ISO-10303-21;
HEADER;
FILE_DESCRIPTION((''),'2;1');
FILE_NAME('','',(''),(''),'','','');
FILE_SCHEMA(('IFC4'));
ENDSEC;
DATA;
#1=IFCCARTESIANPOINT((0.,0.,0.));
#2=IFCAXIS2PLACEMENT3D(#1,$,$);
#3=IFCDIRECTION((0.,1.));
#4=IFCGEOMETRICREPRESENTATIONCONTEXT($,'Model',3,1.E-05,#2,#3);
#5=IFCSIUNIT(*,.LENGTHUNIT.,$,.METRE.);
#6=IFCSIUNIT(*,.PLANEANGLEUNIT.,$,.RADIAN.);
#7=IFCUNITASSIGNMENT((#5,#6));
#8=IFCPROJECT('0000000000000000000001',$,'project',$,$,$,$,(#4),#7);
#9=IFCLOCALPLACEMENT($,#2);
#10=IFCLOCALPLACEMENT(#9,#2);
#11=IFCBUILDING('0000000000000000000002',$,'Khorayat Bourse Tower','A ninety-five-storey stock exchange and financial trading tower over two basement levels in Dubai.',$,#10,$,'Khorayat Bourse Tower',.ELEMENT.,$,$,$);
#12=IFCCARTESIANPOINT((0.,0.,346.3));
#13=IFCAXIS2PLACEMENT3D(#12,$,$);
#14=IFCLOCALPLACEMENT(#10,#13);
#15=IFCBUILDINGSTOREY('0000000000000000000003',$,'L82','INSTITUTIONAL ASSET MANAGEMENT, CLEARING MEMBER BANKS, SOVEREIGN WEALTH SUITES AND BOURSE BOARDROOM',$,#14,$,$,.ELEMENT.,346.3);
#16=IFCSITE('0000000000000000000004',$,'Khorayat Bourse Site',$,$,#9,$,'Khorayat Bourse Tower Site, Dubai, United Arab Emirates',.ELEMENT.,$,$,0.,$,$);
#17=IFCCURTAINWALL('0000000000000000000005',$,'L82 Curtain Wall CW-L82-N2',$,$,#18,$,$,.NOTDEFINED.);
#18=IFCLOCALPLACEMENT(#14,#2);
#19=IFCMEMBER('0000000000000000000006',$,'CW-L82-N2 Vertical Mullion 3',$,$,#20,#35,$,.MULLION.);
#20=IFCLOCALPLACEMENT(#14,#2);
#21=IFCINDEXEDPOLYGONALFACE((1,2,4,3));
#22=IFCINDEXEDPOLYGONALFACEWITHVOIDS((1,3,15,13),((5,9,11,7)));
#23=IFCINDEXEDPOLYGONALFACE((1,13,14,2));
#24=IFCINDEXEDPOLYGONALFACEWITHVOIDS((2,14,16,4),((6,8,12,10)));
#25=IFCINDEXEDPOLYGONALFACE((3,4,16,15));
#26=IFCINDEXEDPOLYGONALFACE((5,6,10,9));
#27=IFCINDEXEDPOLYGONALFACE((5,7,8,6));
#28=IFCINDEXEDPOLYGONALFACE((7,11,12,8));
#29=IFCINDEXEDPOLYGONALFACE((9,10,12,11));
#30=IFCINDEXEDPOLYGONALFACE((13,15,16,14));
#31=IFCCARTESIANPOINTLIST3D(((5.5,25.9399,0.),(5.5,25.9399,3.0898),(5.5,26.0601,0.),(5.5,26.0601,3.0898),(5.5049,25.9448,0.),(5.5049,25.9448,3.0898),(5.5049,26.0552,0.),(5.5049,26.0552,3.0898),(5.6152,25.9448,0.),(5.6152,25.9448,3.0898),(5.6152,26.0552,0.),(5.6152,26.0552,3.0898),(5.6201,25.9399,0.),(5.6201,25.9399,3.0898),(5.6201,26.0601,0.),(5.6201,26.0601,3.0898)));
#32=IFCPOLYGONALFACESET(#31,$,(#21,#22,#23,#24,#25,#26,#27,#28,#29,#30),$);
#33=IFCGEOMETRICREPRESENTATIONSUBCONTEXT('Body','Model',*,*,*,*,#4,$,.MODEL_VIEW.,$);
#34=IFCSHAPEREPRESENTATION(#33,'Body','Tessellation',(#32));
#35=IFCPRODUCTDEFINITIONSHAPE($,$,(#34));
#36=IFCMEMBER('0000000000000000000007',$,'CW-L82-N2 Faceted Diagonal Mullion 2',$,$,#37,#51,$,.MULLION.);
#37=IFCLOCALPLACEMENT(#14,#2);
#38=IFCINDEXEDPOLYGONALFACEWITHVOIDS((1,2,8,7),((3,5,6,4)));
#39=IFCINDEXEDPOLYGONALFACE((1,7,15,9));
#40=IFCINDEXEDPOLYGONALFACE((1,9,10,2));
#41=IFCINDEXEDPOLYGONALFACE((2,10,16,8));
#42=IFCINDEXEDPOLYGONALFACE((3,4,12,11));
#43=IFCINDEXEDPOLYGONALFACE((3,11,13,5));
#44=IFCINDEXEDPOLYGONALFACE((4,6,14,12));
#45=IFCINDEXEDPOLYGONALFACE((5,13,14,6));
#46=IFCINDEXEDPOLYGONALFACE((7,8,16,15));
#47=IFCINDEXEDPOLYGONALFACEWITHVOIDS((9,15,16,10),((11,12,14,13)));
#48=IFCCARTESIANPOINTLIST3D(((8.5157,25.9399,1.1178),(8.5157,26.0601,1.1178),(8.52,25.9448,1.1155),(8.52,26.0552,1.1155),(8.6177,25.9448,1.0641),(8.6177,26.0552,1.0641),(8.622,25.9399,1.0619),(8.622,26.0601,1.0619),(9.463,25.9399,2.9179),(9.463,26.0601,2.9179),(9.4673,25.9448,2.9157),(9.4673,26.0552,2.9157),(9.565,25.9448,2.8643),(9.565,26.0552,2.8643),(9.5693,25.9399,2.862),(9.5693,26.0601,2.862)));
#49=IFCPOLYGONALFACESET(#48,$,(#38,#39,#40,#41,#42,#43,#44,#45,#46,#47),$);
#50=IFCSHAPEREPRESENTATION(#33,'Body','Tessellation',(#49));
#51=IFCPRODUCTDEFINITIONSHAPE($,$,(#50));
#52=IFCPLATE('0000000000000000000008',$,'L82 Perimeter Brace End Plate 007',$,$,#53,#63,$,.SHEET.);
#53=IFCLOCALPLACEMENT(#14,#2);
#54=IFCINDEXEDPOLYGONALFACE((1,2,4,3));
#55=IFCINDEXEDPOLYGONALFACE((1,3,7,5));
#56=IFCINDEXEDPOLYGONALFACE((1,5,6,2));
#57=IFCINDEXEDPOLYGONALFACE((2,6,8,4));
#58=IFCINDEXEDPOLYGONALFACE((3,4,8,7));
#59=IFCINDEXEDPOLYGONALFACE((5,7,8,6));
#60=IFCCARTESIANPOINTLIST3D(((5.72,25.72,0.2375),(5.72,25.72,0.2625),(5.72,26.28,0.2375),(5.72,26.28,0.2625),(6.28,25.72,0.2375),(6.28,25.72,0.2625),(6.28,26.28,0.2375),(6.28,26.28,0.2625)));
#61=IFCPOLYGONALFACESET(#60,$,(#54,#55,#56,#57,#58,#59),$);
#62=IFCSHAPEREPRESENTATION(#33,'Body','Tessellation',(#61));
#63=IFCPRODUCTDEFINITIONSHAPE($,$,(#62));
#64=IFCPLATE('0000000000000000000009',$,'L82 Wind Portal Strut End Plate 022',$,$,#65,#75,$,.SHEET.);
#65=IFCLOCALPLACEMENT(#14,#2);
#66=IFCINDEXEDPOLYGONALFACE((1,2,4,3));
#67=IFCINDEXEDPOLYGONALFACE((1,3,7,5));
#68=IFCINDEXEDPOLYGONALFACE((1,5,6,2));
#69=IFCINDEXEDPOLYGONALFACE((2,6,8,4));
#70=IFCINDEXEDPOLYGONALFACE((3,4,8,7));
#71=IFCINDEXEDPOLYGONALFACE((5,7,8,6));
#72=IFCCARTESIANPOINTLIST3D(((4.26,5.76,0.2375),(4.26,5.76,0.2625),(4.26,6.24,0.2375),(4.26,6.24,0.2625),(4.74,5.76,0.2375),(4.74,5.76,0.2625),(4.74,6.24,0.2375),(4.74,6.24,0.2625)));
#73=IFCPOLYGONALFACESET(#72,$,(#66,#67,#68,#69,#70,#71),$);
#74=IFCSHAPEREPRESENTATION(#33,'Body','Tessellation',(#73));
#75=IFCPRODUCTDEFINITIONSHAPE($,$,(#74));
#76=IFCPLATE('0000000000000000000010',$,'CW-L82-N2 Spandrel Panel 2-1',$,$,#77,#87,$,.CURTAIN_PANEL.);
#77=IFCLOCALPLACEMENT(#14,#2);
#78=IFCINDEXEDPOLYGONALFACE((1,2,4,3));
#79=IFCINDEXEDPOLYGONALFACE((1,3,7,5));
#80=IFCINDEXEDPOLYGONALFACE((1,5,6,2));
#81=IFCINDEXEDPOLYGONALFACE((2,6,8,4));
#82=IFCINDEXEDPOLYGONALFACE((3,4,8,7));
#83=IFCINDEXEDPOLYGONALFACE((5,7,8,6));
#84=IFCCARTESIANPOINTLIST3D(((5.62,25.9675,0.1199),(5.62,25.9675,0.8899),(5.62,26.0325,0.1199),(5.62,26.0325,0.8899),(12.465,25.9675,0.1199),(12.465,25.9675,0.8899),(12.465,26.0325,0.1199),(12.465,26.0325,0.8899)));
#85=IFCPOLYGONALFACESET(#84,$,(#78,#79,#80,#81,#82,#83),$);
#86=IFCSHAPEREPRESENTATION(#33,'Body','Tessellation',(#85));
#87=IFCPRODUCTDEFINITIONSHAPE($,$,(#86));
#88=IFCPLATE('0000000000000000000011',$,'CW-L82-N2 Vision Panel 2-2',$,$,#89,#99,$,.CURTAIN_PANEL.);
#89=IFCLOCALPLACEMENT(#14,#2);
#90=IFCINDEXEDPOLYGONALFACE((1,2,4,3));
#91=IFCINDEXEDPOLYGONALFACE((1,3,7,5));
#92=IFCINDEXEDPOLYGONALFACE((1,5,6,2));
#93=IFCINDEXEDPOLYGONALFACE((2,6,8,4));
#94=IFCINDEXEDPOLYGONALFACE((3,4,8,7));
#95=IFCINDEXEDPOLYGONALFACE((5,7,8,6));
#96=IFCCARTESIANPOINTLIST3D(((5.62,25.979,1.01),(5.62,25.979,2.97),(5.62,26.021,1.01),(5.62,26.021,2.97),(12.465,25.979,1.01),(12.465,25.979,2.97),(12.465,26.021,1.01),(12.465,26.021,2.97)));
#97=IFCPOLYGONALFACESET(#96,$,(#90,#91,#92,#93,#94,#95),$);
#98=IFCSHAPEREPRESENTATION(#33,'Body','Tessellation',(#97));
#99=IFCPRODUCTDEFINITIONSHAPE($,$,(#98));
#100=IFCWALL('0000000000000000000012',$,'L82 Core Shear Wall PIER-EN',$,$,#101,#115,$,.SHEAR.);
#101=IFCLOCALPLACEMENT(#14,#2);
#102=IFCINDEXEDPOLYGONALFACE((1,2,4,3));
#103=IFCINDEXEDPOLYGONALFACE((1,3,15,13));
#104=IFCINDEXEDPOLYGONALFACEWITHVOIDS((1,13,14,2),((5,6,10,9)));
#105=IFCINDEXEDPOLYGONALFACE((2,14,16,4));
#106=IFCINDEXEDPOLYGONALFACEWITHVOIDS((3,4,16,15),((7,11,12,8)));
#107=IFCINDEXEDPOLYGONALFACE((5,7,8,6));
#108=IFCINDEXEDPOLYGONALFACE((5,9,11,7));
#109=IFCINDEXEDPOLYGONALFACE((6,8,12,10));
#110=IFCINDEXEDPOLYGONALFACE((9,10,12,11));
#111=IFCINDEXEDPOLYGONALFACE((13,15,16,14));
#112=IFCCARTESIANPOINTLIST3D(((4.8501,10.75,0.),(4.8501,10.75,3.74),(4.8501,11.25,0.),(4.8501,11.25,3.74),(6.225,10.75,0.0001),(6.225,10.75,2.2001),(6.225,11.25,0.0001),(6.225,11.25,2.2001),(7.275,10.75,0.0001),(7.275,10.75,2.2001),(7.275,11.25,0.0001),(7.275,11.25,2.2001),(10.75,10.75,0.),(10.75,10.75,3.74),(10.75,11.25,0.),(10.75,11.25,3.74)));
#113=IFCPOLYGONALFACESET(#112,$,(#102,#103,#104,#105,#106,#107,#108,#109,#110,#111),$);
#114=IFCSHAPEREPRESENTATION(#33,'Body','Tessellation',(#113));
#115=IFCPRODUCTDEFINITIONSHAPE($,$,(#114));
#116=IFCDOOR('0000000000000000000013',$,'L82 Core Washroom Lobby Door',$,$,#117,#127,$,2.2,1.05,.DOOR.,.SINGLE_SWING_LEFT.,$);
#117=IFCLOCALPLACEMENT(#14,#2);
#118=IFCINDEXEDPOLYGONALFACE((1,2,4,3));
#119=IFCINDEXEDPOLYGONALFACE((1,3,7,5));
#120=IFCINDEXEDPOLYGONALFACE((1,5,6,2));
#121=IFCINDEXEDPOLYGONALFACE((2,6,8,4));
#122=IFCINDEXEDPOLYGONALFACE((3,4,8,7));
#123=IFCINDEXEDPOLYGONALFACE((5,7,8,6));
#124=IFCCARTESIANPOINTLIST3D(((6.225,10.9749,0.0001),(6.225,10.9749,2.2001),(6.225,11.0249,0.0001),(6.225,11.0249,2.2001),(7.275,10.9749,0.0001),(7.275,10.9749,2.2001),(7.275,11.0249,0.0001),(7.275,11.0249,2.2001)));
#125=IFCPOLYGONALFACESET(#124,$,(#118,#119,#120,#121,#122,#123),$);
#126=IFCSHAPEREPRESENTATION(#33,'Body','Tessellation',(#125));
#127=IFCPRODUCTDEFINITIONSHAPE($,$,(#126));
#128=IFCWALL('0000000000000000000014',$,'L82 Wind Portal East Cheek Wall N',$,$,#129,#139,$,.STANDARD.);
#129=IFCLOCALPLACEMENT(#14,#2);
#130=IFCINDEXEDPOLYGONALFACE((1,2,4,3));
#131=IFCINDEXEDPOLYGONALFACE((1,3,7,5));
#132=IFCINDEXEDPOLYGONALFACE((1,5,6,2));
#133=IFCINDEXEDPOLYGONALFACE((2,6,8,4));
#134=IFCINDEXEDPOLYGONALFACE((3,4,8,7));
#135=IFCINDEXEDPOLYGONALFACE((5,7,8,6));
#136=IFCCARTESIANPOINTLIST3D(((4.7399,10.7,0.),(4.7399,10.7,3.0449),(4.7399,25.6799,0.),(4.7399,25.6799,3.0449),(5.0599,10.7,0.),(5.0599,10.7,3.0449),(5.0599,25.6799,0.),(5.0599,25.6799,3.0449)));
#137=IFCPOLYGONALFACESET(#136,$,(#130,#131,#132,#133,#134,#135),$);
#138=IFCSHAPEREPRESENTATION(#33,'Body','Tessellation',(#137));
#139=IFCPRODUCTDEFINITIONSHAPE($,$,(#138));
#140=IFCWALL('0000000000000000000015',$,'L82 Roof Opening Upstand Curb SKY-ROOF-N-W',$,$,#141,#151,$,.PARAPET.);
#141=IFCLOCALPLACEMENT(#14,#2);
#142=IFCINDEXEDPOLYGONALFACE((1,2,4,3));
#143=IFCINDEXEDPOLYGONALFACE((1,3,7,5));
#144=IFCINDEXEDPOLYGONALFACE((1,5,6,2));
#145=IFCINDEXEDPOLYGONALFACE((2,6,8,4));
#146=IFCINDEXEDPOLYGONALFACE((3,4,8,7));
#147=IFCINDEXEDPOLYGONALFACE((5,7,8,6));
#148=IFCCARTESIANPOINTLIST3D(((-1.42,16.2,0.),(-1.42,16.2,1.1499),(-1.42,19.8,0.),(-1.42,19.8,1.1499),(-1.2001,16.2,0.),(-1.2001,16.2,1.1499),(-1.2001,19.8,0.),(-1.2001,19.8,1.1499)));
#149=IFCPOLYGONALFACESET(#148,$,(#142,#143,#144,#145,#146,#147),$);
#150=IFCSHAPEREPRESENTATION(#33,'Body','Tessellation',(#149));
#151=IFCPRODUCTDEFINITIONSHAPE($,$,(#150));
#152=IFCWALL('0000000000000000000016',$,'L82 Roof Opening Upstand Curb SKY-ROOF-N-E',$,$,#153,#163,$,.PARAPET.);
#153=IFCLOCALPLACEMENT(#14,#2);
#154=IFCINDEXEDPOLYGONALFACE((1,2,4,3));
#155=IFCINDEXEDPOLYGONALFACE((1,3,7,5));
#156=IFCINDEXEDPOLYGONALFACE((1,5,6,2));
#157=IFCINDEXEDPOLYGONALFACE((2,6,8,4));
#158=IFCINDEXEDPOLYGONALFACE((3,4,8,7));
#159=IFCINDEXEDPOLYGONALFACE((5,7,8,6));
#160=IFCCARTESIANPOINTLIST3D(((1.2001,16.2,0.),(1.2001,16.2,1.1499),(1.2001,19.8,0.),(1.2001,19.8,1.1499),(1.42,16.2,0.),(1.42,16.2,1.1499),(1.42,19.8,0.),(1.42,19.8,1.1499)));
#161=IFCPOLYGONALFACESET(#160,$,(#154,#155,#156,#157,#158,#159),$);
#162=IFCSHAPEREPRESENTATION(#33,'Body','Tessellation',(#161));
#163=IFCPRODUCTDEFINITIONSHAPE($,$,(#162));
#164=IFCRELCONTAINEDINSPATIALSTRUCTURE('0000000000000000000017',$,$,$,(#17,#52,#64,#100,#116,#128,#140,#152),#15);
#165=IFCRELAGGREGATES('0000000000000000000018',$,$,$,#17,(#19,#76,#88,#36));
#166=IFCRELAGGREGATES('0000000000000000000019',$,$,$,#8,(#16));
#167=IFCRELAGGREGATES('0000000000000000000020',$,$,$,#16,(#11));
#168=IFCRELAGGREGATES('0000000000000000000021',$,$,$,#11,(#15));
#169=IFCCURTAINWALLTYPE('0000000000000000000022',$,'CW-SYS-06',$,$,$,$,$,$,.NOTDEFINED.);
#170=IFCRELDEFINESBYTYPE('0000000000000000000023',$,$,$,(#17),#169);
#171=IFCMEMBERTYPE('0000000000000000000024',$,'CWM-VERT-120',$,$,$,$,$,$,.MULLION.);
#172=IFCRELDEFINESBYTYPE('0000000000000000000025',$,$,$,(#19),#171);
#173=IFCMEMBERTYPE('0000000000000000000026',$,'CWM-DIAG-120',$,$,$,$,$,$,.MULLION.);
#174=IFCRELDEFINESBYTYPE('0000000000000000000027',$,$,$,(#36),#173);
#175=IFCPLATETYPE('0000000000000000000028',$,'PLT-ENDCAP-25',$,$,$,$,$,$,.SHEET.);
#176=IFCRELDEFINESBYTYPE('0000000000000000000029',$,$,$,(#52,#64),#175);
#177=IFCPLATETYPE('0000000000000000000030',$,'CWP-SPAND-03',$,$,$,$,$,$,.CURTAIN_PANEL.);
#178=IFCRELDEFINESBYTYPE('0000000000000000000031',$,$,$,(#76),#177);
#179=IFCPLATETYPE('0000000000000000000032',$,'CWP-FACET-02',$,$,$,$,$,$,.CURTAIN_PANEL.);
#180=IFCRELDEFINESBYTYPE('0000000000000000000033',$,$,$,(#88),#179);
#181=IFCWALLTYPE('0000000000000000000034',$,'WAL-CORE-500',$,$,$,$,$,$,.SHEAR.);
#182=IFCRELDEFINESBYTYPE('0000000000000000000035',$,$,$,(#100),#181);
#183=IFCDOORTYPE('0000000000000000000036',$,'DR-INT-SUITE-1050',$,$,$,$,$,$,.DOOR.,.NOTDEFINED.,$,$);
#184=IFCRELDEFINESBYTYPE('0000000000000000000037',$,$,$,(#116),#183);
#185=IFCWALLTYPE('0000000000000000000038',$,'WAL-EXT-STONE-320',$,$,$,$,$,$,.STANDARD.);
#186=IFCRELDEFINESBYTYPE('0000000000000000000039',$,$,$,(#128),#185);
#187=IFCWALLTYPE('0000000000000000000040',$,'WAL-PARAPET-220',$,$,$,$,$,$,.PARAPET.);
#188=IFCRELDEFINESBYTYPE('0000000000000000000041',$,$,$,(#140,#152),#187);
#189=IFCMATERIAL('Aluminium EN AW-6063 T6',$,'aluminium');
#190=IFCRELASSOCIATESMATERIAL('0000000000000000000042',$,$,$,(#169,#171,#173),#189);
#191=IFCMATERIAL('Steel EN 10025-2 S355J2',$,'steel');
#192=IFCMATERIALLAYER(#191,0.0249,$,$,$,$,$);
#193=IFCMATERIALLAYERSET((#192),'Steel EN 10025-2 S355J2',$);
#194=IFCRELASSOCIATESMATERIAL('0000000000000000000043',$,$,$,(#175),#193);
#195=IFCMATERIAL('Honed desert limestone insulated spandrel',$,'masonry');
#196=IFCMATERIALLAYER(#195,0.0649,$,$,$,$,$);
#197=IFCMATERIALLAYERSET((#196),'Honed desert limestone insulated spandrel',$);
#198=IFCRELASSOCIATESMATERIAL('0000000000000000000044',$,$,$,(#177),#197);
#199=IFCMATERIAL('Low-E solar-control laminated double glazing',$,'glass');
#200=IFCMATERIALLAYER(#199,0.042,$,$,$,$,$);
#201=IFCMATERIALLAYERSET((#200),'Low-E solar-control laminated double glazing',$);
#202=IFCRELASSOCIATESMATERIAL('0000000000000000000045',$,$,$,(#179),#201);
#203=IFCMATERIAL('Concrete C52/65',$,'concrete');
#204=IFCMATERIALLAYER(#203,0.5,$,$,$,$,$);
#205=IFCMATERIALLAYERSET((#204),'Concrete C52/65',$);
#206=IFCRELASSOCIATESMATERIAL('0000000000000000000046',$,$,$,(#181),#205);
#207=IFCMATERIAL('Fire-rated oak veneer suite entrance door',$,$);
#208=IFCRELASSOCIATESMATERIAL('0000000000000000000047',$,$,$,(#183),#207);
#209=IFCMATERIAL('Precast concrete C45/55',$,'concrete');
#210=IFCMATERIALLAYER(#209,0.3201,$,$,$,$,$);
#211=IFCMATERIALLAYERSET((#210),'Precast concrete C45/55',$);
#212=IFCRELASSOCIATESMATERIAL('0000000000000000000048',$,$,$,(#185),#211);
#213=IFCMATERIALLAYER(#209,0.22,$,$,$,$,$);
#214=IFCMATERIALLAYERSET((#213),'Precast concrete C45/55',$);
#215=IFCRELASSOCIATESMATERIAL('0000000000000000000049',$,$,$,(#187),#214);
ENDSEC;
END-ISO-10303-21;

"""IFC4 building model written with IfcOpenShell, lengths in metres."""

from ifc_helpers import new_model, si_unit, direction, frame, frame_2d, origin, origin_2d, place, context, subcontext, project, spatial, rectangle, hollow_rectangle, extrude, source, transform, mapped, material, layer, layer_set, material_profile, profile_set, type_object, element, fill, aggregate, save


model = new_model("IFC4")

# Units and contexts
model_context = context("Model", 3, precision=1e-05, world=origin(), true_north=direction((0.0, 1.0)))
body_context = subcontext(model_context, "Body", "Model", "MODEL_VIEW")
ifc_project = project(units=[si_unit("LENGTHUNIT", "METRE"), si_unit("PLANEANGLEUNIT", "RADIAN")], contexts=[model_context])

# Site, building, storey
site_placement = place(None, origin())
site = spatial("IfcSite", under=ifc_project, at=site_placement, Name="Khorayat Bourse Site", LongName="Khorayat Bourse Tower Site, Dubai, United Arab Emirates", CompositionType="ELEMENT", RefElevation=0.0)
building_placement = place(site_placement, origin())
building = spatial("IfcBuilding", under=site, at=building_placement, Name="Khorayat Bourse Tower", Description="A ninety-five-storey stock exchange and financial trading tower over two basement levels in Dubai.", LongName="Khorayat Bourse Tower", CompositionType="ELEMENT")
storey_placement = place(building_placement, frame((0.0, 0.0, 346.3)))
storey = spatial("IfcBuildingStorey", under=building, at=storey_placement, Name="L82", Description="INSTITUTIONAL ASSET MANAGEMENT, CLEARING MEMBER BANKS, SOVEREIGN WEALTH SUITES AND BOURSE BOARDROOM", CompositionType="ELEMENT", Elevation=346.3)

# Shared definitions
ifc_material_1 = material(Name="Concrete C52/65", Category="concrete")
ifc_material_2 = material(Name="Steel EN 10025-2 S355J2", Category="steel")

# Curtain wall, members
ifc_material_3 = material(Name="Aluminium EN AW-6063 T6", Category="aluminium")
curtain_wall_type = type_object("IfcCurtainWallType", Name="CW-SYS-06", PredefinedType="NOTDEFINED", material=ifc_material_3)
curtain_wall_placement = place(storey_placement, origin())
curtain_wall = element("IfcCurtainWall", 1, at=curtain_wall_placement, inside=storey, type_object=curtain_wall_type, Name="L82 Curtain Wall CW-L82-N2", PredefinedType="NOTDEFINED")
ifc_material_profile_1 = material_profile(ifc_material_3, hollow_rectangle(XDim=0.1201, YDim=0.1201, WallThickness=0.0049, at=origin_2d()), Name="ALU 120x120x5")
ifc_profile_set_1 = profile_set([ifc_material_profile_1], Name="Aluminium EN AW-6063 T6")
member_type_1 = type_object("IfcMemberType", Name="CWM-VERT-120", PredefinedType="MULLION", material=ifc_profile_set_1)
shared_shape_1 = source(origin(), body_context, "Body", "SweptSolid", [
    extrude(hollow_rectangle(XDim=0.1201, YDim=0.1201, WallThickness=0.0049, at=origin_2d()), origin(), (0.0, 0.0, 1.0), 3.0898),
])
member_1_placement = place(storey_placement, frame((5.5601, 26.0, 0.0), z_axis=(0.0, 0.0, 1.0), x_axis=(0.0, -1.0, 0.0)))
member_1 = element("IfcMember", 2, at=member_1_placement, type_object=member_type_1, Name="CW-L82-N2 Vertical Mullion 3", PredefinedType="MULLION", context=body_context, shape_type="MappedRepresentation", body=[
    mapped(shared_shape_1, transform((0.0, 0.0, 0.0), scale=1.0)),
])
ifc_material_profile_2 = material_profile(ifc_material_3, hollow_rectangle(XDim=0.1201, YDim=0.1201, WallThickness=0.0049, at=origin_2d()), Name="ALU 120x120x5")
ifc_profile_set_2 = profile_set([ifc_material_profile_2], Name="Aluminium EN AW-6063 T6")
member_type_2 = type_object("IfcMemberType", Name="CWM-DIAG-120", PredefinedType="MULLION", material=ifc_profile_set_2)
shared_shape_2 = source(origin(), body_context, "Body", "SweptSolid", [
    extrude(hollow_rectangle(XDim=0.1201, YDim=0.1201, WallThickness=0.0049, at=origin_2d()), origin(), (0.0, 0.0, 1.0), 2.0342),
])
member_2_placement = place(storey_placement, frame((8.5688, 26.0, 1.0898), z_axis=(0.465697, 0.0, 0.884944), x_axis=(0.0, 1.0, 0.0)))
member_2 = element("IfcMember", 3, at=member_2_placement, type_object=member_type_2, Name="CW-L82-N2 Faceted Diagonal Mullion 2", PredefinedType="MULLION", context=body_context, shape_type="MappedRepresentation", body=[
    mapped(shared_shape_2, transform((0.0, 0.0, 0.0), scale=1.0)),
])

# Plates
ifc_layer_1 = layer(ifc_material_2, 0.0249)
ifc_layer_set_1 = layer_set([ifc_layer_1], Name="Steel EN 10025-2 S355J2")
plate_type_1 = type_object("IfcPlateType", Name="PLT-ENDCAP-25", PredefinedType="SHEET", material=ifc_layer_set_1)
shared_shape_3 = source(origin(), body_context, "Body", "SweptSolid", [
    extrude(rectangle(XDim=0.5601, YDim=0.5601, at=origin_2d()), origin(), (0.0, 0.0, 1.0), 0.0249),
])
plate_1_placement = place(storey_placement, frame((6.0, 26.0, 0.2375), z_axis=(0.0, 0.0, 1.0), x_axis=(1.0, 0.0, 0.0)))
element("IfcPlate", 4, at=plate_1_placement, inside=storey, type_object=plate_type_1, Name="L82 Perimeter Brace End Plate 007", PredefinedType="SHEET", context=body_context, shape_type="MappedRepresentation", body=[
    mapped(shared_shape_3, transform((0.0, 0.0, 0.0), scale=1.0)),
])
shared_shape_4 = source(origin(), body_context, "Body", "SweptSolid", [
    extrude(rectangle(XDim=0.48, YDim=0.48, at=origin_2d()), origin(), (0.0, 0.0, 1.0), 0.0249),
])
plate_2_placement = place(storey_placement, frame((4.5, 6.0, 0.2375), z_axis=(0.0, 0.0, 1.0), x_axis=(1.0, 0.0, 0.0)))
element("IfcPlate", 5, at=plate_2_placement, inside=storey, type_object=plate_type_1, Name="L82 Wind Portal Strut End Plate 022", PredefinedType="SHEET", context=body_context, shape_type="MappedRepresentation", body=[
    mapped(shared_shape_4, transform((0.0, 0.0, 0.0), scale=1.0)),
])

# Plates
ifc_material_4 = material(Name="Honed desert limestone insulated spandrel", Category="masonry")
ifc_layer_2 = layer(ifc_material_4, 0.0649)
ifc_layer_set_2 = layer_set([ifc_layer_2], Name="Honed desert limestone insulated spandrel")
plate_type_2 = type_object("IfcPlateType", Name="CWP-SPAND-03", PredefinedType="CURTAIN_PANEL", material=ifc_layer_set_2)
shared_shape_5 = source(origin(), body_context, "Body", "SweptSolid", [
    extrude(rectangle(XDim=6.845, YDim=0.0649, at=origin_2d()), origin(), (0.0, 0.0, 1.0), 0.77),
])
plate_3_placement = place(storey_placement, frame((9.0425, 26.0, 0.1199), z_axis=(0.0, 0.0, 1.0), x_axis=(-1.0, 0.0, 0.0)))
plate_3 = element("IfcPlate", 6, at=plate_3_placement, type_object=plate_type_2, Name="CW-L82-N2 Spandrel Panel 2-1", PredefinedType="CURTAIN_PANEL", context=body_context, shape_type="MappedRepresentation", body=[
    mapped(shared_shape_5, transform((0.0, 0.0, 0.0), scale=1.0)),
])
ifc_material_5 = material(Name="Low-E solar-control laminated double glazing", Category="glass")
ifc_layer_3 = layer(ifc_material_5, 0.042)
ifc_layer_set_3 = layer_set([ifc_layer_3], Name="Low-E solar-control laminated double glazing")
plate_type_3 = type_object("IfcPlateType", Name="CWP-FACET-02", PredefinedType="CURTAIN_PANEL", material=ifc_layer_set_3)
shared_shape_6 = source(origin(), body_context, "Body", "SweptSolid", [
    extrude(rectangle(XDim=6.845, YDim=0.042, at=origin_2d()), origin(), (0.0, 0.0, 1.0), 1.96),
])
plate_4_placement = place(storey_placement, frame((9.0425, 26.0, 1.01), z_axis=(0.0, 0.0, 1.0), x_axis=(-1.0, 0.0, 0.0)))
plate_4 = element("IfcPlate", 7, at=plate_4_placement, type_object=plate_type_3, Name="CW-L82-N2 Vision Panel 2-2", PredefinedType="CURTAIN_PANEL", context=body_context, shape_type="MappedRepresentation", body=[
    mapped(shared_shape_6, transform((0.0, 0.0, 0.0), scale=1.0)),
])
aggregate(curtain_wall, [member_1, plate_3, plate_4, member_2])

# Wall, opening, door
ifc_layer_4 = layer(ifc_material_1, 0.5)
ifc_layer_set_4 = layer_set([ifc_layer_4], Name="Concrete C52/65")
wall_type_1 = type_object("IfcWallType", Name="WAL-CORE-500", PredefinedType="SHEAR", material=ifc_layer_set_4)
shared_shape_7 = source(origin(), body_context, "Body", "SweptSolid", [
    extrude(rectangle(XDim=5.8999, YDim=0.5, at=frame_2d((2.95, 0.0))), origin(), (0.0, 0.0, 1.0), 3.74),
])
wall_1_placement = place(storey_placement, frame((4.8501, 11.0, 0.0), z_axis=(0.0, 0.0, 1.0), x_axis=(1.0, 0.0, 0.0)))
wall_1 = element("IfcWall", 8, at=wall_1_placement, inside=storey, type_object=wall_type_1, Name="L82 Core Shear Wall PIER-EN", PredefinedType="SHEAR", context=body_context, shape_type="MappedRepresentation", body=[
    mapped(shared_shape_7, transform((0.0, 0.0, 0.0), scale=1.0)),
])
shared_shape_8 = source(origin(), body_context, "Body", "SweptSolid", [
    extrude(rectangle(XDim=1.05, YDim=2.2, at=frame_2d((0.5249, 1.1001))), frame((0.0, 0.26, 0.0), z_axis=(0.0, -1.0, 0.0), x_axis=(1.0, 0.0, 0.0)), (0.0, 0.0, 1.0), 0.52),
])
opening_1_placement = place(wall_1_placement, frame((1.375, 0.0, 0.0)))
opening_1 = element("IfcOpeningElement", 9, at=opening_1_placement, cuts=wall_1, PredefinedType="OPENING", context=body_context, shape_type="MappedRepresentation", body=[
    mapped(shared_shape_8, transform((0.0, 0.0, 0.0), scale=1.0)),
])
ifc_material_6 = material(Name="Fire-rated oak veneer suite entrance door")
door_type_1 = type_object("IfcDoorType", Name="DR-INT-SUITE-1050", OperationType="NOTDEFINED", PredefinedType="DOOR", material=ifc_material_6)
shared_shape_9 = source(origin(), body_context, "Body", "SweptSolid", [
    extrude(rectangle(XDim=1.05, YDim=2.2, at=frame_2d((0.5249, 1.1001))), frame((0.0, 0.0249, 0.0), z_axis=(0.0, -1.0, 0.0), x_axis=(1.0, 0.0, 0.0)), (0.0, 0.0, 1.0), 0.05),
])
door_1_placement = place(opening_1_placement, origin())
door_1 = element("IfcDoor", 10, at=door_1_placement, inside=storey, type_object=door_type_1, Name="L82 Core Washroom Lobby Door", OperationType="SINGLE_SWING_LEFT", OverallHeight=2.2, OverallWidth=1.05, PredefinedType="DOOR", context=body_context, shape_type="MappedRepresentation", body=[
    mapped(shared_shape_9, transform((0.0, 0.0, 0.0), scale=1.0)),
])
fill(opening_1, door_1)

# Walls
ifc_material_7 = material(Name="Precast concrete C45/55", Category="concrete")
ifc_layer_5 = layer(ifc_material_7, 0.3201)
ifc_layer_set_5 = layer_set([ifc_layer_5], Name="Precast concrete C45/55")
wall_type_2 = type_object("IfcWallType", Name="WAL-EXT-STONE-320", PredefinedType="STANDARD", material=ifc_layer_set_5)
shared_shape_10 = source(origin(), body_context, "Body", "SweptSolid", [
    extrude(rectangle(XDim=14.98, YDim=0.3201, at=frame_2d((7.49, 0.0))), origin(), (0.0, 0.0, 1.0), 3.0449),
])
wall_2_placement = place(storey_placement, frame((4.8999, 10.7, 0.0), z_axis=(0.0, 0.0, 1.0), x_axis=(0.0, 1.0, 0.0)))
element("IfcWall", 11, at=wall_2_placement, inside=storey, type_object=wall_type_2, Name="L82 Wind Portal East Cheek Wall N", PredefinedType="STANDARD", context=body_context, shape_type="MappedRepresentation", body=[
    mapped(shared_shape_10, transform((0.0, 0.0, 0.0), scale=1.0)),
])
ifc_layer_6 = layer(ifc_material_7, 0.22)
ifc_layer_set_6 = layer_set([ifc_layer_6], Name="Precast concrete C45/55")
wall_type_3 = type_object("IfcWallType", Name="WAL-PARAPET-220", PredefinedType="PARAPET", material=ifc_layer_set_6)
shared_shape_11 = source(origin(), body_context, "Body", "SweptSolid", [
    extrude(rectangle(XDim=3.6001, YDim=0.22, at=frame_2d((1.8, 0.0))), origin(), (0.0, 0.0, 1.0), 1.1499),
])
for number, where, z_axis, x_axis, name in (
    (12, (-1.3101, 16.2, 0.0), (0.0, 0.0, 1.0), (0.0, 1.0, 0.0), "L82 Roof Opening Upstand Curb SKY-ROOF-N-W"),
    (13, (1.3101, 16.2, 0.0), (0.0, 0.0, 1.0), (0.0, 1.0, 0.0), "L82 Roof Opening Upstand Curb SKY-ROOF-N-E"),
):
    element("IfcWall", number, at=place(storey_placement, frame(where, z_axis=z_axis, x_axis=x_axis)), inside=storey, type_object=wall_type_3, Name=name, PredefinedType="PARAPET", context=body_context, shape_type="MappedRepresentation", body=[
        mapped(shared_shape_11, transform((0.0, 0.0, 0.0), scale=1.0)),
    ])

save(model, "model.ifc")
